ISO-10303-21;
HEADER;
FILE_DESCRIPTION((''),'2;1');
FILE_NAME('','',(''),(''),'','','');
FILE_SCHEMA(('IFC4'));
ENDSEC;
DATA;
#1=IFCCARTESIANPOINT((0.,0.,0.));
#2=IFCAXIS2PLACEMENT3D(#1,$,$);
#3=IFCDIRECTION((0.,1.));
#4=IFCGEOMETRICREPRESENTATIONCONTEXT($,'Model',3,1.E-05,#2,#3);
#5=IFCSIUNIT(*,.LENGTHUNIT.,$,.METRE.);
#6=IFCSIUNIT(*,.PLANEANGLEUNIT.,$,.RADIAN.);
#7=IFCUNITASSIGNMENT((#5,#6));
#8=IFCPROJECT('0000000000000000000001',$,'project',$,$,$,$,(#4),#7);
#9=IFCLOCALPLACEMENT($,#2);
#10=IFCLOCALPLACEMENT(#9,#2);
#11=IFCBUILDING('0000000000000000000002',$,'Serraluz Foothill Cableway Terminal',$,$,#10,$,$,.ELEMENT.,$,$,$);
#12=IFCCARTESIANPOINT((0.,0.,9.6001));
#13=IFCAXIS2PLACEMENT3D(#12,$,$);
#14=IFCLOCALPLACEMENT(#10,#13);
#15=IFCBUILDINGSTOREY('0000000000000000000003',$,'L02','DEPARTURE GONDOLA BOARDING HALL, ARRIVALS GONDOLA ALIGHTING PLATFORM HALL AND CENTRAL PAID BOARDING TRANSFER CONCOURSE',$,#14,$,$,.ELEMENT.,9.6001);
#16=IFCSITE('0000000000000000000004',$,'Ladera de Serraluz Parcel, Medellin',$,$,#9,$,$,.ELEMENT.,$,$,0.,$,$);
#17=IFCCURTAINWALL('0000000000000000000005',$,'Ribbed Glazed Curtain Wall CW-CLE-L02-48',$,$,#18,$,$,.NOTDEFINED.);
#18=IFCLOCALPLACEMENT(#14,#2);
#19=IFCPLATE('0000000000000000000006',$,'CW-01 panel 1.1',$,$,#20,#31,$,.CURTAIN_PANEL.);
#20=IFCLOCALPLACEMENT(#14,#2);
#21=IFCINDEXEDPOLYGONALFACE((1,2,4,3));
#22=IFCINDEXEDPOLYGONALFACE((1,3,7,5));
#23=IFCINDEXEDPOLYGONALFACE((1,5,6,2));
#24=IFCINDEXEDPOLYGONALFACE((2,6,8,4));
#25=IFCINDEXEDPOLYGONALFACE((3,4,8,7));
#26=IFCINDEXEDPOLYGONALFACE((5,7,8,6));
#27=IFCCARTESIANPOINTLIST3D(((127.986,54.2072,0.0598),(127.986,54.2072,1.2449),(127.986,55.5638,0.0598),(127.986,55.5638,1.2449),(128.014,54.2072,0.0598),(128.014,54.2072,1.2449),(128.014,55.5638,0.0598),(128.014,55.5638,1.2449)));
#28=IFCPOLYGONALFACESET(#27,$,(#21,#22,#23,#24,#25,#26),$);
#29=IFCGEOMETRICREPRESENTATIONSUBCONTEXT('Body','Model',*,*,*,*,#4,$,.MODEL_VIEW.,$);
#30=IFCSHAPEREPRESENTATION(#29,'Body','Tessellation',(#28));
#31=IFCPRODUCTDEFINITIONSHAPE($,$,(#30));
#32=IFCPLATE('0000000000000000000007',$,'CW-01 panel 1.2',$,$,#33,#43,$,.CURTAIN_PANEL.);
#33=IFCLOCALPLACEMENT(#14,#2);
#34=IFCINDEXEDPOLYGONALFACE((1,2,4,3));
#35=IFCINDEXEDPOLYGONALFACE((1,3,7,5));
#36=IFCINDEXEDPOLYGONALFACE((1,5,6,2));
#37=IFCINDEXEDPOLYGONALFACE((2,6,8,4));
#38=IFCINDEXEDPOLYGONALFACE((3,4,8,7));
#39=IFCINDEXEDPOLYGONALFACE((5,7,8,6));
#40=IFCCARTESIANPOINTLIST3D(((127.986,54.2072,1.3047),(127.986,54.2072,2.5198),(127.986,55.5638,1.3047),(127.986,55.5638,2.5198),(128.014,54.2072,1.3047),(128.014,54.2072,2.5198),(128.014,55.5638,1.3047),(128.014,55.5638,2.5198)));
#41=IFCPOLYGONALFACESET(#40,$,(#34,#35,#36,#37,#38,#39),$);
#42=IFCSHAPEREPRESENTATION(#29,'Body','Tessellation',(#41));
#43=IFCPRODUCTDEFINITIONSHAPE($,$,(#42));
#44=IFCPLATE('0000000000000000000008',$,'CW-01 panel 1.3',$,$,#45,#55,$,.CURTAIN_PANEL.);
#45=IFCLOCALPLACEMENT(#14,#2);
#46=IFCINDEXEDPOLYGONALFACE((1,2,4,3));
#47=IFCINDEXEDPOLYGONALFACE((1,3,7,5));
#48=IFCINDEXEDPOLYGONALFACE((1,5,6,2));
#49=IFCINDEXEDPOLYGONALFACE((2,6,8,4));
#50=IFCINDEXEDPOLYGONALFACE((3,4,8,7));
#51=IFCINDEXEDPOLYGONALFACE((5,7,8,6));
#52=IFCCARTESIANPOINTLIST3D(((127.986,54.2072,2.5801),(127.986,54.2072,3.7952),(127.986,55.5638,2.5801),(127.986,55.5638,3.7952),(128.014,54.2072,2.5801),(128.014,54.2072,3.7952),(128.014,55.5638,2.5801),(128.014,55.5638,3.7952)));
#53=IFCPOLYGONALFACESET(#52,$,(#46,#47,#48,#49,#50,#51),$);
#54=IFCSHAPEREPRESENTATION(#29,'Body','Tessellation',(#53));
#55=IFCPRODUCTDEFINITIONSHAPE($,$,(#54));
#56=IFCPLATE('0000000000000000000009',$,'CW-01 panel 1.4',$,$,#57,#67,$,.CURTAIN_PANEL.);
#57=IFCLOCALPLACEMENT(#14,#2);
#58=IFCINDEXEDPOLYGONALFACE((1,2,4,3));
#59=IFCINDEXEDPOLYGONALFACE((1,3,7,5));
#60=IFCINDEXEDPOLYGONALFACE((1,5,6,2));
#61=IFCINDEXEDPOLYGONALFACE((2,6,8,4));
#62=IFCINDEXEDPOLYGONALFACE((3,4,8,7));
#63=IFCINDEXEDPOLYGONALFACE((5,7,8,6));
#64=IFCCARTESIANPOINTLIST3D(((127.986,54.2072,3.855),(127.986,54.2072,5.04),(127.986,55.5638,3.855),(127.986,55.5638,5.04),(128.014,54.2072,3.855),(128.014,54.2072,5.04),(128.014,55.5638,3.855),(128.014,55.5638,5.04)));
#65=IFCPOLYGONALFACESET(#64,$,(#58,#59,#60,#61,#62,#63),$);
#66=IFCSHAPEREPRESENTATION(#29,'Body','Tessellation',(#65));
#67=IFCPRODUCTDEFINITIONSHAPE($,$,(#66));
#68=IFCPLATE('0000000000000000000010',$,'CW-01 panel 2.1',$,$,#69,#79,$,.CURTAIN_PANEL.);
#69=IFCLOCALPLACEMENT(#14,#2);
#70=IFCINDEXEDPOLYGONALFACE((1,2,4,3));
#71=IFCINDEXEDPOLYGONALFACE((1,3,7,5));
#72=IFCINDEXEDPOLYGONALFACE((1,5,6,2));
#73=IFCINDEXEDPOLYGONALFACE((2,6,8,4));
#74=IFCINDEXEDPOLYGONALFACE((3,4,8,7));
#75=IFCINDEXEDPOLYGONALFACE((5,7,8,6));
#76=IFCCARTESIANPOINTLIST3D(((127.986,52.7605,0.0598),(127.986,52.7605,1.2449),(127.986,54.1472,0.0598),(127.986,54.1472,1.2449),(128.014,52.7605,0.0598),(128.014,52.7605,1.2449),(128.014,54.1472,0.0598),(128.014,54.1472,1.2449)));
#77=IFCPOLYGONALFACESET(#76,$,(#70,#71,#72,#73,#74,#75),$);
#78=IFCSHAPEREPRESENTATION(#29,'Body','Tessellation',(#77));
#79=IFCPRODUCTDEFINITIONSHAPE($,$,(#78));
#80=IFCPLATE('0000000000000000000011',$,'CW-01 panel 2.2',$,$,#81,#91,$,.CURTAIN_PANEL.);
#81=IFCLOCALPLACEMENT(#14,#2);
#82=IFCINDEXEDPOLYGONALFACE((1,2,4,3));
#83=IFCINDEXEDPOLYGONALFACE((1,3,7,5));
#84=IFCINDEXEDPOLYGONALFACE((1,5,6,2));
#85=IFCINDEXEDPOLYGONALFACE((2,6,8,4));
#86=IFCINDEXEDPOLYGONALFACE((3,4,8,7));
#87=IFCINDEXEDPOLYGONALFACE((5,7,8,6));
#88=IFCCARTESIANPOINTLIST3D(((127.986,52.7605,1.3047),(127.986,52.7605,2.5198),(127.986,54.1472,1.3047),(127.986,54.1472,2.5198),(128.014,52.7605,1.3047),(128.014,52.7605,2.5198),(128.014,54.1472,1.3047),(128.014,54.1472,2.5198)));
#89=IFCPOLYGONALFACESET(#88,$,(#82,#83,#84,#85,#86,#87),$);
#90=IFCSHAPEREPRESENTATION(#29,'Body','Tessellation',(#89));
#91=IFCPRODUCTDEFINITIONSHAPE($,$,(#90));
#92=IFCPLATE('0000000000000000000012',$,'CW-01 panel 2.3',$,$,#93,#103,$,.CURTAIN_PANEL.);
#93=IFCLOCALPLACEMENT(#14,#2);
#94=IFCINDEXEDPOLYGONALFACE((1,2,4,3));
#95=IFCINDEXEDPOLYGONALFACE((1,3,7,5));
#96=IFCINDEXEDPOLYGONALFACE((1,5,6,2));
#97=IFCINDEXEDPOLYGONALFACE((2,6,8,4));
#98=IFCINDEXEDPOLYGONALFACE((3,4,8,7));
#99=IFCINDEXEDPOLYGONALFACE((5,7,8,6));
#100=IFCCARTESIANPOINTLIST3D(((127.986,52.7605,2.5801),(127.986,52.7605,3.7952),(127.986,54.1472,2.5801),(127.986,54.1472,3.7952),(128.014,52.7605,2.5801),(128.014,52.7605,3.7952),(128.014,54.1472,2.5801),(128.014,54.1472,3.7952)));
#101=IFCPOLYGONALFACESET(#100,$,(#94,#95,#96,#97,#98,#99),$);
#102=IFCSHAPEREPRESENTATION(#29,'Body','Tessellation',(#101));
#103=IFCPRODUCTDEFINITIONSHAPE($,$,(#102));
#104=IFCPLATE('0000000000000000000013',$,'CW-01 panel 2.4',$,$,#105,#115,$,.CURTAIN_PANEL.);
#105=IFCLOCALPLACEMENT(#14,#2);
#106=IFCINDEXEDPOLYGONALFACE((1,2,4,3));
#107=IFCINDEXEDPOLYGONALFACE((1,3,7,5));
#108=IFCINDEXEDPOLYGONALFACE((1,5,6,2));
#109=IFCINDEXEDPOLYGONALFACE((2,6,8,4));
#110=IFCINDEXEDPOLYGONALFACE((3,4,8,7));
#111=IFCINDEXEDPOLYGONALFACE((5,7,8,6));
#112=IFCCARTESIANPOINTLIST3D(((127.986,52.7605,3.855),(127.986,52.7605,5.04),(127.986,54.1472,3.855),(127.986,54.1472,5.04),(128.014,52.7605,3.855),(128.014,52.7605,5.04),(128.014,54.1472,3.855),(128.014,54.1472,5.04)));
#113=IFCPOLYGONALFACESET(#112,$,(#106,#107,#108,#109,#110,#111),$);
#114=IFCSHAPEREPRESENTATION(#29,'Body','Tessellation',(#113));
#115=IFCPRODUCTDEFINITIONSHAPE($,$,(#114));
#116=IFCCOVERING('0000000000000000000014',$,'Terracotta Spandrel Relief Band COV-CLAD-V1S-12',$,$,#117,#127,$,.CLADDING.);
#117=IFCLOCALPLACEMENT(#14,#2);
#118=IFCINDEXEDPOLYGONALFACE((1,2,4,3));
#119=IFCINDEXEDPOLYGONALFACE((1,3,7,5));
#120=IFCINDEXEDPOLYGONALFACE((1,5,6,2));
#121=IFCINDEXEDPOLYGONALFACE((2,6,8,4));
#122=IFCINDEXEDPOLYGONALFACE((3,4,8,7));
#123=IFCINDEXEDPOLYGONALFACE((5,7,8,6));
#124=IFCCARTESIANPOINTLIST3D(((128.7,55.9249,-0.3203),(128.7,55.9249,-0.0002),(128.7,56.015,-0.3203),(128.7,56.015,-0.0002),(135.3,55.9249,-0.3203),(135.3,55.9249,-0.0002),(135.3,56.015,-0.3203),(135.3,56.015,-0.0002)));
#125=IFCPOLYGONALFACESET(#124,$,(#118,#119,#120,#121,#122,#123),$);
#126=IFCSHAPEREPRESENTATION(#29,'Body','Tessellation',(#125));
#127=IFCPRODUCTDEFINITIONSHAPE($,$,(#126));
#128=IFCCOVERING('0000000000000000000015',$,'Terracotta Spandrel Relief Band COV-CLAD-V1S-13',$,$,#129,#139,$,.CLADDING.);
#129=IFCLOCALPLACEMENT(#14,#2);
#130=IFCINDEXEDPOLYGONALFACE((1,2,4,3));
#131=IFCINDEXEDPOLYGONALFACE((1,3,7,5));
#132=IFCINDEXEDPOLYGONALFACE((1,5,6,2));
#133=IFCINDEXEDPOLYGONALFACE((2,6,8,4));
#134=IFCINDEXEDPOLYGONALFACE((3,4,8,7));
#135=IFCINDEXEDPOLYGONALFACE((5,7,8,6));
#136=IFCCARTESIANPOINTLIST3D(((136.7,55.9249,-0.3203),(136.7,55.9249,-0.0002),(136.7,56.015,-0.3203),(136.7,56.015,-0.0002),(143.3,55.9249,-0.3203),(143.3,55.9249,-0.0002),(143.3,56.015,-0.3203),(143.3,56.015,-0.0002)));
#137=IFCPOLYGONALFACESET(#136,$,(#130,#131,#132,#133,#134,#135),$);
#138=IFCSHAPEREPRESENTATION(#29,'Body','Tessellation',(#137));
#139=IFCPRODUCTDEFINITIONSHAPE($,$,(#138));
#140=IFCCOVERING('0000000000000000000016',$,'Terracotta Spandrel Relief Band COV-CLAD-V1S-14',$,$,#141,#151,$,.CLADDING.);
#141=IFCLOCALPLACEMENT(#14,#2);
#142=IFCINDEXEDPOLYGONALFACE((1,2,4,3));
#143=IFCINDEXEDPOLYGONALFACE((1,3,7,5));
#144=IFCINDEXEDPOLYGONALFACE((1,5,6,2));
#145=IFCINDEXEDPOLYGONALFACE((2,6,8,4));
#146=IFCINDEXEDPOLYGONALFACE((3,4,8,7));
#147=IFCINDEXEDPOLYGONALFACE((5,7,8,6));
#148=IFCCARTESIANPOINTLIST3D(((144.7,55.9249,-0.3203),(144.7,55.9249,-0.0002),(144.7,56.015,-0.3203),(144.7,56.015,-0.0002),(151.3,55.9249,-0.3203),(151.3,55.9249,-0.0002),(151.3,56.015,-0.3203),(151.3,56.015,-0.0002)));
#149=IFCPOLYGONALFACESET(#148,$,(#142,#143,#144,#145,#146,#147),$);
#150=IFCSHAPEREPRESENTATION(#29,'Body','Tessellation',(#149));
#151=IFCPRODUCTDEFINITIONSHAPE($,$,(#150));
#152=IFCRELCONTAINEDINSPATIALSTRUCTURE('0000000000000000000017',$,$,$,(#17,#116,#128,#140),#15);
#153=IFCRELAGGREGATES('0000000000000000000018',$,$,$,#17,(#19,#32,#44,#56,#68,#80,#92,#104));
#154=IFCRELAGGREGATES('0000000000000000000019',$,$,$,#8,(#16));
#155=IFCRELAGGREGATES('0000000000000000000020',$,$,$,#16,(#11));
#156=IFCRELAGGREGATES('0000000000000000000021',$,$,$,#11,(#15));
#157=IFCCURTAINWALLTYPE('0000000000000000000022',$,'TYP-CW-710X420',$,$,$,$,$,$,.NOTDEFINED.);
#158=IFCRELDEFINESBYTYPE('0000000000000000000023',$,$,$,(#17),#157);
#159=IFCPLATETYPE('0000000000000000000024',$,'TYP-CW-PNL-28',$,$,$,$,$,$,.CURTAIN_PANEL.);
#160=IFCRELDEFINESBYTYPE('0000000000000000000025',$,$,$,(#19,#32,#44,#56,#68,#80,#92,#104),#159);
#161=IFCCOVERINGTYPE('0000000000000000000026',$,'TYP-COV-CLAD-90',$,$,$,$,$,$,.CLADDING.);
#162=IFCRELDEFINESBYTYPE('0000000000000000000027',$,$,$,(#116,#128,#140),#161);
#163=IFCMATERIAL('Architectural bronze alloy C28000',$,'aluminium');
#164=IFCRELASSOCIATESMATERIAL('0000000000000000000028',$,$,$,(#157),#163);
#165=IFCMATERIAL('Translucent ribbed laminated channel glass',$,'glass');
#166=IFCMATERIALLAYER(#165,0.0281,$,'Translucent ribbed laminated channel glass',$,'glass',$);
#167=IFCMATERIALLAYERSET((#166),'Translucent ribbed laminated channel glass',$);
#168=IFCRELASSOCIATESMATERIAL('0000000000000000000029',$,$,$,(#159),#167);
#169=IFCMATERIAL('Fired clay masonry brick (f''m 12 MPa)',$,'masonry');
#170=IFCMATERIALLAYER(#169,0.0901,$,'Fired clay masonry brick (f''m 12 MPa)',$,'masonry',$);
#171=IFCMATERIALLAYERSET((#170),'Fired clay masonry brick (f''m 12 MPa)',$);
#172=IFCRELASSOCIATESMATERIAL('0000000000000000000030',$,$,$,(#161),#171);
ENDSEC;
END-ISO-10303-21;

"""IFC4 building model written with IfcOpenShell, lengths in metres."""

from ifc_helpers import new_model, si_unit, direction, frame, origin, origin_2d, place, context, subcontext, project, spatial, rectangle, extrude, material, layer, layer_set, type_object, element, aggregate, save


model = new_model("IFC4")

# Units and contexts
model_context = context("Model", 3, precision=1e-05, world=origin(), true_north=direction((0.0, 1.0)))
body_context = subcontext(model_context, "Body", "Model", "MODEL_VIEW")
ifc_project = project(units=[si_unit("LENGTHUNIT", "METRE"), si_unit("PLANEANGLEUNIT", "RADIAN")], contexts=[model_context])

# Site, building, storey
site_placement = place(None, origin())
site = spatial("IfcSite", under=ifc_project, at=site_placement, Name="Ladera de Serraluz Parcel, Medellin", CompositionType="ELEMENT", RefElevation=0.0)
building_placement = place(site_placement, origin())
building = spatial("IfcBuilding", under=site, at=building_placement, Name="Serraluz Foothill Cableway Terminal", CompositionType="ELEMENT")
storey_placement = place(building_placement, frame((0.0, 0.0, 9.6001)))
storey = spatial("IfcBuildingStorey", under=building, at=storey_placement, Name="L02", Description="DEPARTURE GONDOLA BOARDING HALL, ARRIVALS GONDOLA ALIGHTING PLATFORM HALL AND CENTRAL PAID BOARDING TRANSFER CONCOURSE", CompositionType="ELEMENT", Elevation=9.6001)

# Curtain wall, plates
ifc_material_1 = material(Name="Architectural bronze alloy C28000", Category="aluminium")
curtain_wall_type = type_object("IfcCurtainWallType", Name="TYP-CW-710X420", PredefinedType="NOTDEFINED", material=ifc_material_1)
curtain_wall_placement = place(storey_placement, origin())
curtain_wall = element("IfcCurtainWall", 1, at=curtain_wall_placement, inside=storey, type_object=curtain_wall_type, Name="Ribbed Glazed Curtain Wall CW-CLE-L02-48", PredefinedType="NOTDEFINED")
ifc_material_2 = material(Name="Translucent ribbed laminated channel glass", Category="glass")
ifc_layer_1 = layer(ifc_material_2, 0.0281, Name="Translucent ribbed laminated channel glass", Category="glass")
ifc_layer_set_1 = layer_set([ifc_layer_1], Name="Translucent ribbed laminated channel glass")
plate_type = type_object("IfcPlateType", Name="TYP-CW-PNL-28", PredefinedType="CURTAIN_PANEL", material=ifc_layer_set_1)
plate_1_placement = place(storey_placement, frame((128.0, 54.8855, 0.0598), z_axis=(0.0, 0.0, 1.0), x_axis=(0.0, -1.0, 0.0)))
plate_1 = element("IfcPlate", 2, at=plate_1_placement, type_object=plate_type, Name="CW-01 panel 1.1", PredefinedType="CURTAIN_PANEL", context=body_context, shape_type="SweptSolid", body=[
    extrude(rectangle(XDim=1.3567, YDim=0.0281, at=origin_2d()), origin(), (0.0, 0.0, 1.0), 1.1851),
])
plate_2_placement = place(storey_placement, frame((128.0, 54.8855, 1.3047), z_axis=(0.0, 0.0, 1.0), x_axis=(0.0, -1.0, 0.0)))
plate_2 = element("IfcPlate", 3, at=plate_2_placement, type_object=plate_type, Name="CW-01 panel 1.2", PredefinedType="CURTAIN_PANEL", context=body_context, shape_type="SweptSolid", body=[
    extrude(rectangle(XDim=1.3567, YDim=0.0281, at=origin_2d()), origin(), (0.0, 0.0, 1.0), 1.2151),
])
plate_3_placement = place(storey_placement, frame((128.0, 54.8855, 2.5801), z_axis=(0.0, 0.0, 1.0), x_axis=(0.0, -1.0, 0.0)))
plate_3 = element("IfcPlate", 4, at=plate_3_placement, type_object=plate_type, Name="CW-01 panel 1.3", PredefinedType="CURTAIN_PANEL", context=body_context, shape_type="SweptSolid", body=[
    extrude(rectangle(XDim=1.3567, YDim=0.0281, at=origin_2d()), origin(), (0.0, 0.0, 1.0), 1.2151),
])
plate_4_placement = place(storey_placement, frame((128.0, 54.8855, 3.855), z_axis=(0.0, 0.0, 1.0), x_axis=(0.0, -1.0, 0.0)))
plate_4 = element("IfcPlate", 5, at=plate_4_placement, type_object=plate_type, Name="CW-01 panel 1.4", PredefinedType="CURTAIN_PANEL", context=body_context, shape_type="SweptSolid", body=[
    extrude(rectangle(XDim=1.3567, YDim=0.0281, at=origin_2d()), origin(), (0.0, 0.0, 1.0), 1.1851),
])
plate_5_placement = place(storey_placement, frame((128.0, 53.4539, 0.0598), z_axis=(0.0, 0.0, 1.0), x_axis=(0.0, -1.0, 0.0)))
plate_5 = element("IfcPlate", 6, at=plate_5_placement, type_object=plate_type, Name="CW-01 panel 2.1", PredefinedType="CURTAIN_PANEL", context=body_context, shape_type="SweptSolid", body=[
    extrude(rectangle(XDim=1.3867, YDim=0.0281, at=origin_2d()), origin(), (0.0, 0.0, 1.0), 1.1851),
])
plate_6_placement = place(storey_placement, frame((128.0, 53.4539, 1.3047), z_axis=(0.0, 0.0, 1.0), x_axis=(0.0, -1.0, 0.0)))
plate_6 = element("IfcPlate", 7, at=plate_6_placement, type_object=plate_type, Name="CW-01 panel 2.2", PredefinedType="CURTAIN_PANEL", context=body_context, shape_type="SweptSolid", body=[
    extrude(rectangle(XDim=1.3867, YDim=0.0281, at=origin_2d()), origin(), (0.0, 0.0, 1.0), 1.2151),
])
plate_7_placement = place(storey_placement, frame((128.0, 53.4539, 2.5801), z_axis=(0.0, 0.0, 1.0), x_axis=(0.0, -1.0, 0.0)))
plate_7 = element("IfcPlate", 8, at=plate_7_placement, type_object=plate_type, Name="CW-01 panel 2.3", PredefinedType="CURTAIN_PANEL", context=body_context, shape_type="SweptSolid", body=[
    extrude(rectangle(XDim=1.3867, YDim=0.0281, at=origin_2d()), origin(), (0.0, 0.0, 1.0), 1.2151),
])
plate_8_placement = place(storey_placement, frame((128.0, 53.4539, 3.855), z_axis=(0.0, 0.0, 1.0), x_axis=(0.0, -1.0, 0.0)))
plate_8 = element("IfcPlate", 9, at=plate_8_placement, type_object=plate_type, Name="CW-01 panel 2.4", PredefinedType="CURTAIN_PANEL", context=body_context, shape_type="SweptSolid", body=[
    extrude(rectangle(XDim=1.3867, YDim=0.0281, at=origin_2d()), origin(), (0.0, 0.0, 1.0), 1.1851),
])
aggregate(curtain_wall, [plate_1, plate_2, plate_3, plate_4, plate_5, plate_6, plate_7, plate_8])

# Coverings
ifc_material_3 = material(Name="Fired clay masonry brick (f'm 12 MPa)", Category="masonry")
ifc_layer_2 = layer(ifc_material_3, 0.0901, Name="Fired clay masonry brick (f'm 12 MPa)", Category="masonry")
ifc_layer_set_2 = layer_set([ifc_layer_2], Name="Fired clay masonry brick (f'm 12 MPa)")
covering_type = type_object("IfcCoveringType", Name="TYP-COV-CLAD-90", PredefinedType="CLADDING", material=ifc_layer_set_2)
for number, where, z_axis, x_axis, name in (
    (10, (132.0, 55.97, -0.3203), (0.0, 0.0, 1.0), (1.0, 0.0, 0.0), "Terracotta Spandrel Relief Band COV-CLAD-V1S-12"),
    (11, (140.0, 55.97, -0.3203), (0.0, 0.0, 1.0), (1.0, 0.0, 0.0), "Terracotta Spandrel Relief Band COV-CLAD-V1S-13"),
    (12, (148.0, 55.97, -0.3203), (0.0, 0.0, 1.0), (1.0, 0.0, 0.0), "Terracotta Spandrel Relief Band COV-CLAD-V1S-14"),
):
    element("IfcCovering", number, at=place(storey_placement, frame(where, z_axis=z_axis, x_axis=x_axis)), inside=storey, type_object=covering_type, Name=name, PredefinedType="CLADDING", context=body_context, shape_type="SweptSolid", body=[
        extrude(rectangle(XDim=6.6001, YDim=0.0901, at=origin_2d()), origin(), (0.0, 0.0, 1.0), 0.3201),
    ])

save(model, "model.ifc")
